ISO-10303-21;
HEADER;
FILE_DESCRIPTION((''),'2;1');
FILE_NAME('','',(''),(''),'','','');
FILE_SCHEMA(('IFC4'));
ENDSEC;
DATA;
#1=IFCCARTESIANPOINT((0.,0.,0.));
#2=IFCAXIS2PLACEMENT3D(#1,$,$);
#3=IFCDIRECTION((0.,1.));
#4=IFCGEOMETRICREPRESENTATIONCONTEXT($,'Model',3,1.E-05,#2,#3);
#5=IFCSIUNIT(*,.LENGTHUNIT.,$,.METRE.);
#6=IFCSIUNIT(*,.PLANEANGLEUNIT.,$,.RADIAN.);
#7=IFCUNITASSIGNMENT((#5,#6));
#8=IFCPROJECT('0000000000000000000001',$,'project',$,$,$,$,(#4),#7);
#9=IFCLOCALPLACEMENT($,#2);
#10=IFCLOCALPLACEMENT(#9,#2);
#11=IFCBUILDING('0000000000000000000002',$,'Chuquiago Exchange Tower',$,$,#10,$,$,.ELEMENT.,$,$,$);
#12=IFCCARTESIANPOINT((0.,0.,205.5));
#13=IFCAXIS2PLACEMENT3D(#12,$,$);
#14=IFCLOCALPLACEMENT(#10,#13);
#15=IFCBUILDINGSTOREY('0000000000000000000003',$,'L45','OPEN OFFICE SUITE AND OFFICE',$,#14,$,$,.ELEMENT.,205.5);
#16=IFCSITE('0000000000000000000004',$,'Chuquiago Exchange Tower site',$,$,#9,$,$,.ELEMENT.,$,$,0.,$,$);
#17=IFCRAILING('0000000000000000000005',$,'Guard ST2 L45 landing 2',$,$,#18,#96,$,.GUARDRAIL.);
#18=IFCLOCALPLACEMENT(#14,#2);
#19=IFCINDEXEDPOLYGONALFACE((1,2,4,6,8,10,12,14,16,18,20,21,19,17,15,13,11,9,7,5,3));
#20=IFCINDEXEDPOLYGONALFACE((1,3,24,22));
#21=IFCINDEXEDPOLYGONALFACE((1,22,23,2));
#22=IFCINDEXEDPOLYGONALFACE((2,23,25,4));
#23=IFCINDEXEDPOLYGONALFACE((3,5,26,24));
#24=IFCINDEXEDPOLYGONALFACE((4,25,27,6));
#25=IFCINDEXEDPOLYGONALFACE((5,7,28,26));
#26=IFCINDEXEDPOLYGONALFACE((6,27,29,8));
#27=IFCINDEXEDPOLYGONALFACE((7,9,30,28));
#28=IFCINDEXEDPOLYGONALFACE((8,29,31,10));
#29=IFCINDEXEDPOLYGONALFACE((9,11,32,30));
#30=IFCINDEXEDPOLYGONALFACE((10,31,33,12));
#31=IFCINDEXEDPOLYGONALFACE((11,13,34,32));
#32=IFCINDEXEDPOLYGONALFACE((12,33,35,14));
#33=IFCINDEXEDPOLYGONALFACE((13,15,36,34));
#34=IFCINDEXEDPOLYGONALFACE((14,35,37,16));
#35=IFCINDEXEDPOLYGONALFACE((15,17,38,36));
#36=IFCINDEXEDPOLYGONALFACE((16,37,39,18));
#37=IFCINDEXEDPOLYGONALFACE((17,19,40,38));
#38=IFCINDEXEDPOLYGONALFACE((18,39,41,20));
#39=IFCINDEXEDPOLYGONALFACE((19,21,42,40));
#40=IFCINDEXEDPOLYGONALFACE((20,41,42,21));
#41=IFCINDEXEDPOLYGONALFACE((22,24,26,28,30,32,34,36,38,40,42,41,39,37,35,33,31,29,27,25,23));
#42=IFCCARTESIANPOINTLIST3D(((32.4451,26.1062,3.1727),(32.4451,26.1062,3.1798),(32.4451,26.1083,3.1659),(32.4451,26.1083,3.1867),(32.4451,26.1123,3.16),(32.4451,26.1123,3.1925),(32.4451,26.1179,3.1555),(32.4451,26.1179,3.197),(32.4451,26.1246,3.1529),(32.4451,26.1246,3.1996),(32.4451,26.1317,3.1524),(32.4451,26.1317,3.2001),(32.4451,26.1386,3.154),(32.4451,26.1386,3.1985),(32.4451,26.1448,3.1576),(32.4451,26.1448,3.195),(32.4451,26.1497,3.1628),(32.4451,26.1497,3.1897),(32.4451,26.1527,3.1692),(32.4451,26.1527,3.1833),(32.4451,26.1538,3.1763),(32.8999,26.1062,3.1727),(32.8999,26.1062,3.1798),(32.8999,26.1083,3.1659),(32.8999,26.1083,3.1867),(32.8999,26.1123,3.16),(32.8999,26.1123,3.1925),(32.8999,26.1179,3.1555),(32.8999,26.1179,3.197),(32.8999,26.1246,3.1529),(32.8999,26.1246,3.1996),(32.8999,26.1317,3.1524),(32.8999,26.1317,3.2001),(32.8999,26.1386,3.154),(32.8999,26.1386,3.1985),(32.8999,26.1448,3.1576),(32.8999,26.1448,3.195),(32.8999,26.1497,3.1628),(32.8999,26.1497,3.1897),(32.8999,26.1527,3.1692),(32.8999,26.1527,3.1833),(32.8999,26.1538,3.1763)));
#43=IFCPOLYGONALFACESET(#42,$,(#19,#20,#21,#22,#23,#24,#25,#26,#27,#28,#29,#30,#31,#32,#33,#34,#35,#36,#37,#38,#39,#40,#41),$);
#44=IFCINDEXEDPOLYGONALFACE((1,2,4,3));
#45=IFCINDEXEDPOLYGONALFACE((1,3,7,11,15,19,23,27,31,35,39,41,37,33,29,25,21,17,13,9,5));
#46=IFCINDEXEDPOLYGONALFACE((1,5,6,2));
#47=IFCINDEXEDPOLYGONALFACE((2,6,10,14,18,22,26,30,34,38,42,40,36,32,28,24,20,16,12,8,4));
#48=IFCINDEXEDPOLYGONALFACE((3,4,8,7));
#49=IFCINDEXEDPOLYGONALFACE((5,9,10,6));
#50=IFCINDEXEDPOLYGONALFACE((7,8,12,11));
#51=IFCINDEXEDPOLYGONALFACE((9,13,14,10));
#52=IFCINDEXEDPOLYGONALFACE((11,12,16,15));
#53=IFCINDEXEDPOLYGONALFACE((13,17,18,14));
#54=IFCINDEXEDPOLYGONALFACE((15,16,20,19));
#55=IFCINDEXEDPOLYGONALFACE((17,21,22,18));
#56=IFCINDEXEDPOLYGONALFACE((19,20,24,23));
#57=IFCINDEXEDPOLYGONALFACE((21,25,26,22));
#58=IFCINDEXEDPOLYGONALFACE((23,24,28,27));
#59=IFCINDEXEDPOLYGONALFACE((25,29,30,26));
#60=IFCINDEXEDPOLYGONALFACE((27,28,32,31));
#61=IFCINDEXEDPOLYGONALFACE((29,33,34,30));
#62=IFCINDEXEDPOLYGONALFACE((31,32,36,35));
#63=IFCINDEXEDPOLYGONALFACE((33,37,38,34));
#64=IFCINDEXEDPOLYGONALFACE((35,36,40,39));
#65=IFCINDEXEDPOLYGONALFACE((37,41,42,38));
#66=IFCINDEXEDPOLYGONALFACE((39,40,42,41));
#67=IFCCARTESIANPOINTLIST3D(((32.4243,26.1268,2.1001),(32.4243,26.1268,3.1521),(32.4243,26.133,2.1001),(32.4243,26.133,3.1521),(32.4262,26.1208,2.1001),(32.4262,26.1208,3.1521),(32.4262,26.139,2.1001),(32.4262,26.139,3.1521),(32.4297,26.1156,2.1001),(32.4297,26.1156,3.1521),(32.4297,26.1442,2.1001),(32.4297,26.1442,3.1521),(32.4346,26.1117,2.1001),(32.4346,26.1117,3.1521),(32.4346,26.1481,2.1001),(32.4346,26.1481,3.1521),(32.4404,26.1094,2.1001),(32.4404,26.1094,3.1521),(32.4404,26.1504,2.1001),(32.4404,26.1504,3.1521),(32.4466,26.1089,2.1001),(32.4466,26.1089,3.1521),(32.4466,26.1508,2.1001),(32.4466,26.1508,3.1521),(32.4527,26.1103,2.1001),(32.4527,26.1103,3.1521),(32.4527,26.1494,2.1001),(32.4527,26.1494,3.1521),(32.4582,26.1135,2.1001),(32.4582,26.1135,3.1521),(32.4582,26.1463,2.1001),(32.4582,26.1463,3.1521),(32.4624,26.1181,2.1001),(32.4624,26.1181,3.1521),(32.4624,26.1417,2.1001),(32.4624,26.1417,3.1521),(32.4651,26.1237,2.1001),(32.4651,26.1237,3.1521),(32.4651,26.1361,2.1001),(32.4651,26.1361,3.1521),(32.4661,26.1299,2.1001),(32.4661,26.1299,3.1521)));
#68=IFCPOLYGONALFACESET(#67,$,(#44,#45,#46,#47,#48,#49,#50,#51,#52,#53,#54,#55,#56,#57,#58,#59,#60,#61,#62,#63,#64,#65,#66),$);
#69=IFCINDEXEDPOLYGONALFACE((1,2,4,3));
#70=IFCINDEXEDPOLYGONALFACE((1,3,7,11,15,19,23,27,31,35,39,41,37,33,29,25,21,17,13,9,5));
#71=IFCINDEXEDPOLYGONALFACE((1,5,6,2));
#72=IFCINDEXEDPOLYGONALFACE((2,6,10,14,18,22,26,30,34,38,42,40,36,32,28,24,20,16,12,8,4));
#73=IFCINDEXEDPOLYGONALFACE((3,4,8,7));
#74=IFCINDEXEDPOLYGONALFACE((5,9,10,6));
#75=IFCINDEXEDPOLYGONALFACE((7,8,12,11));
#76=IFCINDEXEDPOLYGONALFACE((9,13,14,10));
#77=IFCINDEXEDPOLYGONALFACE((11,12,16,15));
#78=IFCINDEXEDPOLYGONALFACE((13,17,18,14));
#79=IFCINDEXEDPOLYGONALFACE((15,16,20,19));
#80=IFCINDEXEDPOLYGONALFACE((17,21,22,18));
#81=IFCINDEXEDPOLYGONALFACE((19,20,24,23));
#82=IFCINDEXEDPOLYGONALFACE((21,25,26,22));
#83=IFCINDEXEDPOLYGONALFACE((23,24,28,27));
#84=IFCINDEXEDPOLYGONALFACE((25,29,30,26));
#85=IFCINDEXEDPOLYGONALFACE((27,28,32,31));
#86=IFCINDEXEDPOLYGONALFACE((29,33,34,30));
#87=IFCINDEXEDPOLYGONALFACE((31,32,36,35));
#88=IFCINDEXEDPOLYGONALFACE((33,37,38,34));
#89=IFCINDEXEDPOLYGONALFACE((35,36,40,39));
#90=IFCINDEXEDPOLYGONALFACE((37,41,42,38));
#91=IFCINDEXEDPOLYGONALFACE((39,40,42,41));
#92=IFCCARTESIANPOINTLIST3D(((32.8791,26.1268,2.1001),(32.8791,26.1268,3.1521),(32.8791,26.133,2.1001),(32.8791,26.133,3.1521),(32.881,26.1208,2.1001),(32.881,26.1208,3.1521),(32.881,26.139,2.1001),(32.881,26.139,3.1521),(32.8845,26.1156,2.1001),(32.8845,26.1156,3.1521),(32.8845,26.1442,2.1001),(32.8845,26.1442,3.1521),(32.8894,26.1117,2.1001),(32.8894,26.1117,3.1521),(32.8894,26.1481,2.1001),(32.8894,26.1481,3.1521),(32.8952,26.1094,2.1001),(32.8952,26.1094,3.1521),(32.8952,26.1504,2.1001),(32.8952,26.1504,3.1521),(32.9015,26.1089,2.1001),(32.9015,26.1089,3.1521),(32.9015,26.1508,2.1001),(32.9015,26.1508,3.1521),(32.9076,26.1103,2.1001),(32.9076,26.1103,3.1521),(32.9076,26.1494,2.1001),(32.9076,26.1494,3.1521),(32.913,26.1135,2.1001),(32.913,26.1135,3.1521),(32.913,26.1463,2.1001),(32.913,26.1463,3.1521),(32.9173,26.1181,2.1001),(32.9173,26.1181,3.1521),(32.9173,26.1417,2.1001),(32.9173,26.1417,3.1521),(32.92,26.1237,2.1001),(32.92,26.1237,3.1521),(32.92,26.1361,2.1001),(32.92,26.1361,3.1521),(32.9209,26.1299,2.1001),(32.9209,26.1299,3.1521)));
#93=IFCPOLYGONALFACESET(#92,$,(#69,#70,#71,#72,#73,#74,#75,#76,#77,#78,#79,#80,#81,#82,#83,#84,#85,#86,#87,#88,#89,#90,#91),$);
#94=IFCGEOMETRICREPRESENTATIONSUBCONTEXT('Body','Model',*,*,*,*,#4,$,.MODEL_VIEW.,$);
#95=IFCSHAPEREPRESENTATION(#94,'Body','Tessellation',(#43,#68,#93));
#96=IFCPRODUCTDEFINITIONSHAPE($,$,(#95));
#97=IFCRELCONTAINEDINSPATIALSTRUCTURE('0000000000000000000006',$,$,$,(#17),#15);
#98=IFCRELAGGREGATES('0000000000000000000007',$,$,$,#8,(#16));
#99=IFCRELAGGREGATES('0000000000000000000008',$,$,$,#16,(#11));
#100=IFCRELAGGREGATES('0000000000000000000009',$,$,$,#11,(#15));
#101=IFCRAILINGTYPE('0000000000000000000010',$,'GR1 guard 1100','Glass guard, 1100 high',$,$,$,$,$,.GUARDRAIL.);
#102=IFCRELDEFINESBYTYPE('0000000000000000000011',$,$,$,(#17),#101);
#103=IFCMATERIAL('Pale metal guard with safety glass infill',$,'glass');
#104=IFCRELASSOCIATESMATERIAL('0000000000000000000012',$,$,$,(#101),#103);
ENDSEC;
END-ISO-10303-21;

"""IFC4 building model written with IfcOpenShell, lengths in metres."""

from ifc_helpers import new_model, si_unit, direction, frame, origin, origin_2d, place, context, subcontext, project, spatial, circle, extrude, material, type_object, element, save


model = new_model("IFC4")

# Units and contexts
model_context = context("Model", 3, precision=1e-05, world=origin(), true_north=direction((0.0, 1.0)))
body_context = subcontext(model_context, "Body", "Model", "MODEL_VIEW")
ifc_project = project(units=[si_unit("LENGTHUNIT", "METRE"), si_unit("PLANEANGLEUNIT", "RADIAN")], contexts=[model_context])

# Site, building, storey
site_placement = place(None, origin())
site = spatial("IfcSite", under=ifc_project, at=site_placement, Name="Chuquiago Exchange Tower site", CompositionType="ELEMENT", RefElevation=0.0)
building_placement = place(site_placement, origin())
building = spatial("IfcBuilding", under=site, at=building_placement, Name="Chuquiago Exchange Tower", CompositionType="ELEMENT")
storey_placement = place(building_placement, frame((0.0, 0.0, 205.5)))
storey = spatial("IfcBuildingStorey", under=building, at=storey_placement, Name="L45", Description="OPEN OFFICE SUITE AND OFFICE", CompositionType="ELEMENT", Elevation=205.5)

# Railing
ifc_material_1 = material(Name="Pale metal guard with safety glass infill", Category="glass")
railing_type_1 = type_object("IfcRailingType", Name="GR1 guard 1100", Description="Glass guard, 1100 high", PredefinedType="GUARDRAIL", material=ifc_material_1)
railing_1_placement = place(storey_placement, frame((32.4451, 26.1299, 2.1001)))
element("IfcRailing", 1, at=railing_1_placement, inside=storey, type_object=railing_type_1, Name="Guard ST2 L45 landing 2", PredefinedType="GUARDRAIL", context=body_context, shape_type="SweptSolid", body=[
    extrude(circle(Radius=0.0239, at=origin_2d()), frame((0.0, 0.0, 1.0762), z_axis=(1.0, 0.0, 0.0), x_axis=(0.0, 1.0, 0.0)), (0.0, 0.0, 1.0), 0.4548),
    extrude(circle(Radius=0.021, at=origin_2d()), origin(), (0.0, 0.0, 1.0), 1.052),
    extrude(circle(Radius=0.021, at=origin_2d()), frame((0.4548, 0.0, 0.0)), (0.0, 0.0, 1.0), 1.052),
])

save(model, "model.ifc")
